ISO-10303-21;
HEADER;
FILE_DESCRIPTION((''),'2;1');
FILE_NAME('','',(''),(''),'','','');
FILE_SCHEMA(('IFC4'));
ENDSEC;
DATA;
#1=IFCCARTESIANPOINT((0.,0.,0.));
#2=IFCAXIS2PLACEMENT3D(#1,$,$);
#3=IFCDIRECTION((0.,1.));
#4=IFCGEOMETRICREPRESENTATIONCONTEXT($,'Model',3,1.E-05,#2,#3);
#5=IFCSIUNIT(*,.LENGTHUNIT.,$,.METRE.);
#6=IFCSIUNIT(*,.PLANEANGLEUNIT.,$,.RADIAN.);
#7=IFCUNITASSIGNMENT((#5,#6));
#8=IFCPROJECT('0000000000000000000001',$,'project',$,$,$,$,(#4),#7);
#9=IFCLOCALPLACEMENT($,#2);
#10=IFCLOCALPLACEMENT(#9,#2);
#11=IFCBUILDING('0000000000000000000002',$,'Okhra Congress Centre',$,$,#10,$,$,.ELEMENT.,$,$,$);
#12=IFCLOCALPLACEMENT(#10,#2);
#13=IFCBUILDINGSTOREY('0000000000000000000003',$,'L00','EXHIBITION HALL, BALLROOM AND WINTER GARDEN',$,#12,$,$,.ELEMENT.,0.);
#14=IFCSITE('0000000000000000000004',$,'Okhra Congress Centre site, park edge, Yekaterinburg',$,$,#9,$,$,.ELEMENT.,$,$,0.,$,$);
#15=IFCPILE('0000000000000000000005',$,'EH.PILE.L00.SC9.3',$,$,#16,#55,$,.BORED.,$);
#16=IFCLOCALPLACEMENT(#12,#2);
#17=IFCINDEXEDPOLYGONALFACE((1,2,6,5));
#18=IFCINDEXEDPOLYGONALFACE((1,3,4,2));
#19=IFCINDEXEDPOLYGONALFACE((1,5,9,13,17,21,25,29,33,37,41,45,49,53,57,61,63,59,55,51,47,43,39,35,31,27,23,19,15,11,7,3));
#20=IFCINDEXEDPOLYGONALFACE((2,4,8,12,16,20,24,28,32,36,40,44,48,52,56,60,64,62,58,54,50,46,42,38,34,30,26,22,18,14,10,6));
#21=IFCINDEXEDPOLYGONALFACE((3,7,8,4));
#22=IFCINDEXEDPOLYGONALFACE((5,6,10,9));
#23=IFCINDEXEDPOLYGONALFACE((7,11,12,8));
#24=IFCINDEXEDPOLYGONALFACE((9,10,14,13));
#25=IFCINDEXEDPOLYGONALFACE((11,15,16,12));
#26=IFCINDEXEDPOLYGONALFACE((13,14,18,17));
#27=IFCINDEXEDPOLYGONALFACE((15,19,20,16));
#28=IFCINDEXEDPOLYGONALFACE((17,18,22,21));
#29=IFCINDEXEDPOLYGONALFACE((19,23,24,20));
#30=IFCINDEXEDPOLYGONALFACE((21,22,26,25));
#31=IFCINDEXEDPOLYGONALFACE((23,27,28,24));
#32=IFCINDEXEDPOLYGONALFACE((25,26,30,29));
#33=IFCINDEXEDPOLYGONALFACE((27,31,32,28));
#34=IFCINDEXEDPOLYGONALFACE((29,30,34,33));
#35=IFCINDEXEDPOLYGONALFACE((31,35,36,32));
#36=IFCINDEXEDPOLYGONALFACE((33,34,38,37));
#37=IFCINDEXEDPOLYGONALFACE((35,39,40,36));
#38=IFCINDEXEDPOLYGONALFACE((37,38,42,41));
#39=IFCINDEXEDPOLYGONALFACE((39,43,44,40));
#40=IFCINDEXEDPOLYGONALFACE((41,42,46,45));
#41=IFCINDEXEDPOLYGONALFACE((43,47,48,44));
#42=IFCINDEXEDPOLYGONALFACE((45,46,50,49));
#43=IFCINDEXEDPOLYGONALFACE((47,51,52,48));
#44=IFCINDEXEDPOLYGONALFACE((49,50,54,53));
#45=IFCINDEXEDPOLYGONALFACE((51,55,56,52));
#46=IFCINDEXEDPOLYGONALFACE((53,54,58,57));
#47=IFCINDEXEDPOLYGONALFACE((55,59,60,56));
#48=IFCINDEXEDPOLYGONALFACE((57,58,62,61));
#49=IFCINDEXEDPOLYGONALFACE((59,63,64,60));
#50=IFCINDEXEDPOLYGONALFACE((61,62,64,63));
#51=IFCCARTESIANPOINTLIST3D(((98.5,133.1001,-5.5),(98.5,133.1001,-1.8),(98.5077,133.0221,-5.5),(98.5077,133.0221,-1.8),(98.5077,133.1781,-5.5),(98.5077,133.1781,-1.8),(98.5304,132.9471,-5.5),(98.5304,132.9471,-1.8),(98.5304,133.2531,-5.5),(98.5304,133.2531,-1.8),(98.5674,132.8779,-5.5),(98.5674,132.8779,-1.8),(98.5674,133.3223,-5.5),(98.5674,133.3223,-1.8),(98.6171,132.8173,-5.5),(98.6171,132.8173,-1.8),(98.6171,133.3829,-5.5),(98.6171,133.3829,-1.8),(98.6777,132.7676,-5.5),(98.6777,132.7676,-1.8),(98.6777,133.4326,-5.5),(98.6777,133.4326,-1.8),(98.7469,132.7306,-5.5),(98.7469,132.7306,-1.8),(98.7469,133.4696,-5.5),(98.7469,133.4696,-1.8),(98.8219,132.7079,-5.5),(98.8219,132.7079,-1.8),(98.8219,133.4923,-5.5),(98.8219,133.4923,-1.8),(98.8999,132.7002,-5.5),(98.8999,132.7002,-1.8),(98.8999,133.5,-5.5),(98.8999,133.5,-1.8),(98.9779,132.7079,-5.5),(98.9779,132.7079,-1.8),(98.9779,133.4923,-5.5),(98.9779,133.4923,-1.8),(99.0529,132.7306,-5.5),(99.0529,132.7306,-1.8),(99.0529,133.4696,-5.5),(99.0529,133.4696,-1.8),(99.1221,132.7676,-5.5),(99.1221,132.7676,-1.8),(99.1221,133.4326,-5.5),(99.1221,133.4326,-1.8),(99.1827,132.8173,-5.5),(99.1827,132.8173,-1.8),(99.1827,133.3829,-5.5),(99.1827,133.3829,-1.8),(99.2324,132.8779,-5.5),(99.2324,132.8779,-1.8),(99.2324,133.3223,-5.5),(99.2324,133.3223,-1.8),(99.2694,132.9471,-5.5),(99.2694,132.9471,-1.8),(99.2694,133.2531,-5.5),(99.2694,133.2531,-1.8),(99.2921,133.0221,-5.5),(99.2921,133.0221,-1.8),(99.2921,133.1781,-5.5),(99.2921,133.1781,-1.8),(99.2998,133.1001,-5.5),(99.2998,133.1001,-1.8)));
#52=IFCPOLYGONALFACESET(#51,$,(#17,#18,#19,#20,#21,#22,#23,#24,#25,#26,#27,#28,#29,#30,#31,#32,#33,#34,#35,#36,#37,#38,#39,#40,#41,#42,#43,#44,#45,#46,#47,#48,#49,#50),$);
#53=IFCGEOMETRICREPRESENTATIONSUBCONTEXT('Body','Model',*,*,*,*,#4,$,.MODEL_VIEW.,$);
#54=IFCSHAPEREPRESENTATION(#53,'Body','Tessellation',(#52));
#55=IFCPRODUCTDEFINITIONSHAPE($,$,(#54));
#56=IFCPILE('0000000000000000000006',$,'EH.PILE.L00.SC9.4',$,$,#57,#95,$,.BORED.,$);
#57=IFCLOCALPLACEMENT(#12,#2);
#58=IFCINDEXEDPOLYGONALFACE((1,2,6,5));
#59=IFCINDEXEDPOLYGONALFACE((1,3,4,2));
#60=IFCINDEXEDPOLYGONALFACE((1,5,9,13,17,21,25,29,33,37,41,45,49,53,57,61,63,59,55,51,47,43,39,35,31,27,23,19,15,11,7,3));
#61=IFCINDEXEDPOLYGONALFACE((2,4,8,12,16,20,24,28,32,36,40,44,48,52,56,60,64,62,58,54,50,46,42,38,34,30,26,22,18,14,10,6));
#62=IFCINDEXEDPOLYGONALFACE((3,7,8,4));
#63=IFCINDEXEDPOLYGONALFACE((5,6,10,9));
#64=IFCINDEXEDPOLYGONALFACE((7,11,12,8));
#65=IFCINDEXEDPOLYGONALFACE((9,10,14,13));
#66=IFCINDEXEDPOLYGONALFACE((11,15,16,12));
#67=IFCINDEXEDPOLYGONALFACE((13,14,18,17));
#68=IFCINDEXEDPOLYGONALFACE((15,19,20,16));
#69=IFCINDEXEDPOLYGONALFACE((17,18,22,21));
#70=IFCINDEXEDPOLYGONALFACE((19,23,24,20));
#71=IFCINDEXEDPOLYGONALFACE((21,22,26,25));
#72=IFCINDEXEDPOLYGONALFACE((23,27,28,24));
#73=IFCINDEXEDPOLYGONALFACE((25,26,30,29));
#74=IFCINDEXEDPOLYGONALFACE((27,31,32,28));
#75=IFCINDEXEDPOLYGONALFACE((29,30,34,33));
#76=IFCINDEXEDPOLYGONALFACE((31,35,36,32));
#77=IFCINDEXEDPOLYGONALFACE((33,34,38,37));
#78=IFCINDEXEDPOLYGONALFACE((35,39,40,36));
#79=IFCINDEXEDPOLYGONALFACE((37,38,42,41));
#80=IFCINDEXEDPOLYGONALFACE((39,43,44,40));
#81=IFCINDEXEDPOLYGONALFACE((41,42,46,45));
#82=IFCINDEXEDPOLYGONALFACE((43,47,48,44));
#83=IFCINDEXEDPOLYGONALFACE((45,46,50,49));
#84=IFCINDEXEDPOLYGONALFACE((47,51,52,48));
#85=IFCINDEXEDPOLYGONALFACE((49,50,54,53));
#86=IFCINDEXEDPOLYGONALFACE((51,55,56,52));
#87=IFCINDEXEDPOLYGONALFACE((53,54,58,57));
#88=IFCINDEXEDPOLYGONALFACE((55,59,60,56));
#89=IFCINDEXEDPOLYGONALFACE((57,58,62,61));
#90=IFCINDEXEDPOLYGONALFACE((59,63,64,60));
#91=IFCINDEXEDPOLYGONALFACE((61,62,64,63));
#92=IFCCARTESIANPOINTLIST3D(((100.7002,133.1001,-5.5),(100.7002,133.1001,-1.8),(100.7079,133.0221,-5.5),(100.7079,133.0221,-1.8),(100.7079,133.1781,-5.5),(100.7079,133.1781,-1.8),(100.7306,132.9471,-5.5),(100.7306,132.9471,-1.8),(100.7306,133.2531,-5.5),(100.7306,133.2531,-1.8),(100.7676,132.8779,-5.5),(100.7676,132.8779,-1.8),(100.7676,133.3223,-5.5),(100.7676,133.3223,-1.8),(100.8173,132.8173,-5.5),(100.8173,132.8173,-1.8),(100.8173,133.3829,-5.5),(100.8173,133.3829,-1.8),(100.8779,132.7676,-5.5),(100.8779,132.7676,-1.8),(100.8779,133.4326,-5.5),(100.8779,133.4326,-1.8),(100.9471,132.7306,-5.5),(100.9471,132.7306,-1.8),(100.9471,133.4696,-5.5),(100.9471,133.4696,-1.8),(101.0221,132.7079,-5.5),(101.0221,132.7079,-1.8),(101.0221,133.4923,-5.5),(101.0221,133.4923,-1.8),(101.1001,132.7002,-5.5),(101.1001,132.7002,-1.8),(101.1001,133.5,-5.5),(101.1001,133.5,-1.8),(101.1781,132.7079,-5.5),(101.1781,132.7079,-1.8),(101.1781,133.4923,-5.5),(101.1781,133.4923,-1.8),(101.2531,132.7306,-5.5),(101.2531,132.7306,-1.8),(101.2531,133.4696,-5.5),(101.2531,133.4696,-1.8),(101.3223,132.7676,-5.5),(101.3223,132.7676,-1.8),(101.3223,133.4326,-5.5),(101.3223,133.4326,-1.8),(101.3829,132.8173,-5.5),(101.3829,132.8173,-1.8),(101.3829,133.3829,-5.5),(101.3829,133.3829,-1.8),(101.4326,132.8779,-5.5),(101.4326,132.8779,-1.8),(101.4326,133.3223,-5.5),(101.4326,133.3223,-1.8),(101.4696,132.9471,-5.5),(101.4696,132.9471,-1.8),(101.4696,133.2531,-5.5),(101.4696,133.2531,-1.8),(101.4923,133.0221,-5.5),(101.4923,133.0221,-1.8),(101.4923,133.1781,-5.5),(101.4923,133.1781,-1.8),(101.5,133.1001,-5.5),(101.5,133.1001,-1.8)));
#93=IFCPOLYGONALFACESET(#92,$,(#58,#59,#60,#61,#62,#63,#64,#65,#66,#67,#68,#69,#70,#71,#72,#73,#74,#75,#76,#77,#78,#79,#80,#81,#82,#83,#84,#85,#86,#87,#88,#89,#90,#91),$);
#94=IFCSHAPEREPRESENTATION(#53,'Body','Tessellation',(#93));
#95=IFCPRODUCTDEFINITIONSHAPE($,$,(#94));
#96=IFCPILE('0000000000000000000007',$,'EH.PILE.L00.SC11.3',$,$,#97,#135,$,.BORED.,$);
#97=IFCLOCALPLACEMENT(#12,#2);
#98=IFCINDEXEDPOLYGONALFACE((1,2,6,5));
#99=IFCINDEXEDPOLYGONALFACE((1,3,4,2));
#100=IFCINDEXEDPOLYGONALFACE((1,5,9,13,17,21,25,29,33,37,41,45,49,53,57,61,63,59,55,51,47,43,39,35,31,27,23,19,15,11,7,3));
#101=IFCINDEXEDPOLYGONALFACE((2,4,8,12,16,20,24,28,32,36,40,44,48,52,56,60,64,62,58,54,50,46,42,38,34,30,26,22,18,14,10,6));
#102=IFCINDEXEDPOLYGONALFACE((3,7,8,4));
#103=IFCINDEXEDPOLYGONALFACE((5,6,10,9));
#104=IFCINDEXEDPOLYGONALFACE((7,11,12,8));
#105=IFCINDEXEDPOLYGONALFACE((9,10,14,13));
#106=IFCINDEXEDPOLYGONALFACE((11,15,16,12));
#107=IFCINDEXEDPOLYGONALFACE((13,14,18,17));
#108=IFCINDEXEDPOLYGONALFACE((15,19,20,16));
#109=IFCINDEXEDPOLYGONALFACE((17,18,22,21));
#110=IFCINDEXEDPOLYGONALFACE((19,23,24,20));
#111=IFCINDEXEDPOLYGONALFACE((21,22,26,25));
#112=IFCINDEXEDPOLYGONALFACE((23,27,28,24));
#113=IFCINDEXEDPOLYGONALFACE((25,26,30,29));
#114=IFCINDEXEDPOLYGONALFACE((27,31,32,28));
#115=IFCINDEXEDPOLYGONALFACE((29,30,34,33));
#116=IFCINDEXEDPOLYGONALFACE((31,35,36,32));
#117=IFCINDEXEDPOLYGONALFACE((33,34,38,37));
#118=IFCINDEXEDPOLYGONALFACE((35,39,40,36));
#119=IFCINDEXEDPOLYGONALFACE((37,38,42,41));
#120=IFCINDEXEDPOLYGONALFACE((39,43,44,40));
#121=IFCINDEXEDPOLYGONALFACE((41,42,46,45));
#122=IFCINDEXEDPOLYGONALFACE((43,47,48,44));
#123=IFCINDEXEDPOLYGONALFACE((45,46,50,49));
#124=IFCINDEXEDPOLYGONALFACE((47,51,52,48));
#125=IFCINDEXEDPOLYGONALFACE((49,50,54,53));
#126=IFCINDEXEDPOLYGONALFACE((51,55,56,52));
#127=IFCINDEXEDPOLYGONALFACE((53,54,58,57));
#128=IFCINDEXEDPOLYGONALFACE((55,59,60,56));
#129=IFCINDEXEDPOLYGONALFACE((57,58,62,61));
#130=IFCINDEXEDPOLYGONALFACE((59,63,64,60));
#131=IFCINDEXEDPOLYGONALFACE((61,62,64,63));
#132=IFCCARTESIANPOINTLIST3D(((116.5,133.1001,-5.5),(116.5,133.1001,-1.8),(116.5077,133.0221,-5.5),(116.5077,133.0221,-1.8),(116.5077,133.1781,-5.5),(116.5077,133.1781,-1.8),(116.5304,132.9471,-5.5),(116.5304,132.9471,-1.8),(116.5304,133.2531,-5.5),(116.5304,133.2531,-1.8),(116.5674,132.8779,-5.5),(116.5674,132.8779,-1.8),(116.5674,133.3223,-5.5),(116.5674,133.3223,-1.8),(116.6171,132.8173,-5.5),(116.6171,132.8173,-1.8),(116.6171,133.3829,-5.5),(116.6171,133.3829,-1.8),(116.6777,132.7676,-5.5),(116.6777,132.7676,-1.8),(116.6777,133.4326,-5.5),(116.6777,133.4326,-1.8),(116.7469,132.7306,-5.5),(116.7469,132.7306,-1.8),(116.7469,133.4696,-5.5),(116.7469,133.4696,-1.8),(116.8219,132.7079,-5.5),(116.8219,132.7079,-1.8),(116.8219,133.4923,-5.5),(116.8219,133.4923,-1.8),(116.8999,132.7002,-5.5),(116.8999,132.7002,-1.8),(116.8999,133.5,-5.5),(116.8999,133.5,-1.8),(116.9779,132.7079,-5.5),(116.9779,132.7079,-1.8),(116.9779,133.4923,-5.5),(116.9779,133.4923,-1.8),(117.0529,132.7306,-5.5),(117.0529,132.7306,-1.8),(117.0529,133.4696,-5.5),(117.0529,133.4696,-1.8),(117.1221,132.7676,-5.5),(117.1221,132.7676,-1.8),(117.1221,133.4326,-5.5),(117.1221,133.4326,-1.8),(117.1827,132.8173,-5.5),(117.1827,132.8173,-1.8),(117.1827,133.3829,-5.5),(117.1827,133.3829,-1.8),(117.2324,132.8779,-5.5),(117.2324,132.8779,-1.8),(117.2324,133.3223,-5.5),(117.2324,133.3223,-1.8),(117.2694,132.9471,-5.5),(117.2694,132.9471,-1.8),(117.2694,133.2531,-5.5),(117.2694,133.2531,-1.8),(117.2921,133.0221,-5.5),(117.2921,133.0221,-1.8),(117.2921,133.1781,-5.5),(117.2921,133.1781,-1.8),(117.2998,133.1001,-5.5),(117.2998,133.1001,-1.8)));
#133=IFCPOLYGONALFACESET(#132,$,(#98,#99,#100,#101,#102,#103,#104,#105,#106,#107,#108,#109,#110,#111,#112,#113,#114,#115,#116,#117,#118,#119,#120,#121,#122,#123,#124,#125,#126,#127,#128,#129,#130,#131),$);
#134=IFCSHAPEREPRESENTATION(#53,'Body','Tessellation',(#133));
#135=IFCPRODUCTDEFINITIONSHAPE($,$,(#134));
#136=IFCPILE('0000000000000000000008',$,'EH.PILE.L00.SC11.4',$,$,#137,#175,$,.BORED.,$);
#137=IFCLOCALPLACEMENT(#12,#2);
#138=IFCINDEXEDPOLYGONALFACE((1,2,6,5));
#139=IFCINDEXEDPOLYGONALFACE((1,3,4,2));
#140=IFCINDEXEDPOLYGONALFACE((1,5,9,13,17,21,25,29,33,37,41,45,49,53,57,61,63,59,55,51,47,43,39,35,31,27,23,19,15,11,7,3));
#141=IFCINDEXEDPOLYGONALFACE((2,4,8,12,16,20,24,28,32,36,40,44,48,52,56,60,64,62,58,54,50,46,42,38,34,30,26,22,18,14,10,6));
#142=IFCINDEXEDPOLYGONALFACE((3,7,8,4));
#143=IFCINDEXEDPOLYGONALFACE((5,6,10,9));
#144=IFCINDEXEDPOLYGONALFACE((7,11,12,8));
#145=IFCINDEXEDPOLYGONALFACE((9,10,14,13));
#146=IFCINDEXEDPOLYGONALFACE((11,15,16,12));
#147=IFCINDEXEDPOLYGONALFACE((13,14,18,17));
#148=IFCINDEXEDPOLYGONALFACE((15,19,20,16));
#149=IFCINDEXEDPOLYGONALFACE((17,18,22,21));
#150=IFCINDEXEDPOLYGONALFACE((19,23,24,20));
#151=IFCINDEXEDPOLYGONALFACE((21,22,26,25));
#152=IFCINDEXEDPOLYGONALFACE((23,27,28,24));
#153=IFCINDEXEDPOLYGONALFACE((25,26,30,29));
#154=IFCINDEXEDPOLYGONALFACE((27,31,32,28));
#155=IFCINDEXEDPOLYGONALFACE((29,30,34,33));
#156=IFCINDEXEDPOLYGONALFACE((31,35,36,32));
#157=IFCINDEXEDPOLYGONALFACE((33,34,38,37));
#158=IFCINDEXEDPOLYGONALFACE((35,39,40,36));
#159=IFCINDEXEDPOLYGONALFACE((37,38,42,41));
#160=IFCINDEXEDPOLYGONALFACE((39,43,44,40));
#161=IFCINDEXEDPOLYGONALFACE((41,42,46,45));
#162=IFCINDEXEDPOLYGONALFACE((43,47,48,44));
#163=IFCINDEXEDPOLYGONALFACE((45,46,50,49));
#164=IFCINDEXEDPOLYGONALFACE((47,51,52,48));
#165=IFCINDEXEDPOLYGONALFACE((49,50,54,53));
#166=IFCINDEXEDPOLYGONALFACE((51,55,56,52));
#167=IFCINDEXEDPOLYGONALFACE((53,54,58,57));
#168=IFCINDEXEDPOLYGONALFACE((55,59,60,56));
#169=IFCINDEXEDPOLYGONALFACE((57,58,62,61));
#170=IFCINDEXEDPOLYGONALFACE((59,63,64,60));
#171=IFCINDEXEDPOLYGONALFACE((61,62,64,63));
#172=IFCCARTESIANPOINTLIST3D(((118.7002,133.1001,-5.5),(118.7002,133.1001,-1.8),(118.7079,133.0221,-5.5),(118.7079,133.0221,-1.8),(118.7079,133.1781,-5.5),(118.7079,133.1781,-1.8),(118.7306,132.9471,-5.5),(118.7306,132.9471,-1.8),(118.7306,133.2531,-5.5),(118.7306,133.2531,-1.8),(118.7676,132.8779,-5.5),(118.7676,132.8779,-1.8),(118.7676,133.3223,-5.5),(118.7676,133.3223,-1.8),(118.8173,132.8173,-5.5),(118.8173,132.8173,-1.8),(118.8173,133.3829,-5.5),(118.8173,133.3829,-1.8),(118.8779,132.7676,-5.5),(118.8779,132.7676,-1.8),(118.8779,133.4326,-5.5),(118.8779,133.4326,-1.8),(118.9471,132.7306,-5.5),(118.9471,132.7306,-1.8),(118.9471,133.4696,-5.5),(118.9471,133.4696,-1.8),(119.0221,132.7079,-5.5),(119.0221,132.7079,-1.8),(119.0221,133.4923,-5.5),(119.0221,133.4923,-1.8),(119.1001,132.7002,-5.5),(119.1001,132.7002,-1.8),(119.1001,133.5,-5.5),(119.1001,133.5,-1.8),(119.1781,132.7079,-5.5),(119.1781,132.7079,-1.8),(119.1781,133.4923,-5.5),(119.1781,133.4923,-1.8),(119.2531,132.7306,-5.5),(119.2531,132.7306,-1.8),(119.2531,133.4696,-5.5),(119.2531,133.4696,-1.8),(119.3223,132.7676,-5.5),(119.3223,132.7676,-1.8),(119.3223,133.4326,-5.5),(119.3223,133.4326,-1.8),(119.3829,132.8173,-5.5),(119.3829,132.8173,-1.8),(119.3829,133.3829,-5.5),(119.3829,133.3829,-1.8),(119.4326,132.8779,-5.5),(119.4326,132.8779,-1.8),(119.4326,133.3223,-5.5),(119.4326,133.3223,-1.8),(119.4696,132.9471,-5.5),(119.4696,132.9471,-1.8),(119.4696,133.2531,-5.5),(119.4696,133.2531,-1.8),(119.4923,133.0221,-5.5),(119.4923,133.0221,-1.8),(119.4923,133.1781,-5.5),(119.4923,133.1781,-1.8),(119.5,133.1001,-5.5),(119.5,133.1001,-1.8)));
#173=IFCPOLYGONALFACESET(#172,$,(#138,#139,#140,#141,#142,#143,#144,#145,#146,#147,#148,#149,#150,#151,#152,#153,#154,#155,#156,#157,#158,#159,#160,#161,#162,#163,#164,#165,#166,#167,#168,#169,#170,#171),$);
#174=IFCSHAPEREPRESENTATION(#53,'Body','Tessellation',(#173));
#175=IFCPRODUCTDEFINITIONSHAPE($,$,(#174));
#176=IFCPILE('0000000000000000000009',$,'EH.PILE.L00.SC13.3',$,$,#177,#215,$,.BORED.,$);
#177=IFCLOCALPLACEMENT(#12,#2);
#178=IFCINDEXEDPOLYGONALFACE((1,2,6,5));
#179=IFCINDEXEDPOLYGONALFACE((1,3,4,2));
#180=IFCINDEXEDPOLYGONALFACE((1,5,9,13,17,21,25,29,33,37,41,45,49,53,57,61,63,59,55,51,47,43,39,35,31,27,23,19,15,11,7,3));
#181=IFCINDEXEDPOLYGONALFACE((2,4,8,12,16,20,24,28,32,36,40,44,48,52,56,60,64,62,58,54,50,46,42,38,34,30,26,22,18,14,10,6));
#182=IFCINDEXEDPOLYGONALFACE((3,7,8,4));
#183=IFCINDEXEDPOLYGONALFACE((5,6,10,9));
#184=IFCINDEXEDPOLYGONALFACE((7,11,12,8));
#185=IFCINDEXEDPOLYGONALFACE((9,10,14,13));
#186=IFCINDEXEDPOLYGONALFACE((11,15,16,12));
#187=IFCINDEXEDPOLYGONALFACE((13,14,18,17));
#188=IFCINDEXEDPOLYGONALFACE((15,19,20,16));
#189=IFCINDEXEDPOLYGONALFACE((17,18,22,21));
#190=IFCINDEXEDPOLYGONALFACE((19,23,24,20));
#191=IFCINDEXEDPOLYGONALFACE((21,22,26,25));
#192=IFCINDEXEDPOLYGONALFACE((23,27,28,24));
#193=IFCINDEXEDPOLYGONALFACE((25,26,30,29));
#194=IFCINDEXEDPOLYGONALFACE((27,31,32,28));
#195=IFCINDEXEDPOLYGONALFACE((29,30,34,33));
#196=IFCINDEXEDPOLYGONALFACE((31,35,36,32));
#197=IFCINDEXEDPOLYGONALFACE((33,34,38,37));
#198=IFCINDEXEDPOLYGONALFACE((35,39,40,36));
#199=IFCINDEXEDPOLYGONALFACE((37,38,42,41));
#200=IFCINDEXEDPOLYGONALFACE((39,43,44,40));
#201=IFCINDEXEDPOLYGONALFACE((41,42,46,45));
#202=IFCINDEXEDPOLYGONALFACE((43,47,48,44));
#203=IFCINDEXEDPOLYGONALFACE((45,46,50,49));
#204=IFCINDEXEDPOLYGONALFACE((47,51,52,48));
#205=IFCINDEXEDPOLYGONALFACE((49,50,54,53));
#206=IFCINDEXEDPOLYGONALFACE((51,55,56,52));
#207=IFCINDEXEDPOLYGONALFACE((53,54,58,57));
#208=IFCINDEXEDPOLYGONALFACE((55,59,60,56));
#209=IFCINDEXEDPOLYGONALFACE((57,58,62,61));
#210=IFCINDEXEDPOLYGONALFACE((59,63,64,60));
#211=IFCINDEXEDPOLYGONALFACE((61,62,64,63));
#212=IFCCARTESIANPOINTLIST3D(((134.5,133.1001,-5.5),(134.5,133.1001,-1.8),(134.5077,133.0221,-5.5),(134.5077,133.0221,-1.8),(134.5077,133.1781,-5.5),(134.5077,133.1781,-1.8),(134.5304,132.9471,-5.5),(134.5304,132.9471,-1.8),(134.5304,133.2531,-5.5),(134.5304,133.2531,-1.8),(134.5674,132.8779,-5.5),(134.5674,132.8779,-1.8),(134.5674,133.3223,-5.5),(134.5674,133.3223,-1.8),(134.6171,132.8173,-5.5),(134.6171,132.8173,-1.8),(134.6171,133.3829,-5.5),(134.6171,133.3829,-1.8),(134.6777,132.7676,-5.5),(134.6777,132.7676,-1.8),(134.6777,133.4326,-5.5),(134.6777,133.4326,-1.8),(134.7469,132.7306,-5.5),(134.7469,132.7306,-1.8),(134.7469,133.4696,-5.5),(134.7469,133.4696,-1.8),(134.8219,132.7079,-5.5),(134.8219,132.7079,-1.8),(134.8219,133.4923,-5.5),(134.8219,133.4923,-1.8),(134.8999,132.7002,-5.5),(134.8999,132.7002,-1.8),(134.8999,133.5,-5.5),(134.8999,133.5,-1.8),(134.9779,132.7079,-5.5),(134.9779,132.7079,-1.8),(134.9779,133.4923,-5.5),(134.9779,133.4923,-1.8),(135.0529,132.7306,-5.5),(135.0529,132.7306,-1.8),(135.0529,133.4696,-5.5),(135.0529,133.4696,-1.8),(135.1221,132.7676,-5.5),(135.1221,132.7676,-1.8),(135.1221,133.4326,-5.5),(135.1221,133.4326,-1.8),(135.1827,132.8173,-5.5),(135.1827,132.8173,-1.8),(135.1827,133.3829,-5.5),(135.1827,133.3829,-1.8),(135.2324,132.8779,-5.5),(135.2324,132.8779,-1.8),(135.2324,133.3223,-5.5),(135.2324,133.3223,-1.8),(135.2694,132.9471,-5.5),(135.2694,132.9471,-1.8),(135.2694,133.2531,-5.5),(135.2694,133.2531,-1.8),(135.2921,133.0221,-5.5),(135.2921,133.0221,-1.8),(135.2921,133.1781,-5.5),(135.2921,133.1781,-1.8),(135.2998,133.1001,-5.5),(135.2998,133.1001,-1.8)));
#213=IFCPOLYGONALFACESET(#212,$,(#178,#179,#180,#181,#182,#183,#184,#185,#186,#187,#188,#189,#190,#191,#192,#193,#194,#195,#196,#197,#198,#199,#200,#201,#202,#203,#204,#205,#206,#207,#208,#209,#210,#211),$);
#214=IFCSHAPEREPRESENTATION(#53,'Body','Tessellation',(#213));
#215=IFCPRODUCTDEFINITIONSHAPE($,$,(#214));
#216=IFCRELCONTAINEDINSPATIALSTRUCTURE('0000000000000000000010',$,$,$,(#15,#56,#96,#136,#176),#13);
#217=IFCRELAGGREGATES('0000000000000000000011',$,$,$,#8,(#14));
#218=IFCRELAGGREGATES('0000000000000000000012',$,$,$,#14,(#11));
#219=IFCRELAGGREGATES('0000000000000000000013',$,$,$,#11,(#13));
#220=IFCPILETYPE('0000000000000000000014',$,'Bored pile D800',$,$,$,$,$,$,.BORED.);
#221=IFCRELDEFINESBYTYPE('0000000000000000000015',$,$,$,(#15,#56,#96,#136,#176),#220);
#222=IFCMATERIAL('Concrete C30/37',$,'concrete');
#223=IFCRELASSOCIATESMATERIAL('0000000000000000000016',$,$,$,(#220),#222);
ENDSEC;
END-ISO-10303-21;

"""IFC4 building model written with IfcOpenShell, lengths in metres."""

from ifc_helpers import new_model, si_unit, direction, frame, origin, origin_2d, place, context, subcontext, project, spatial, circle, extrude, material, material_profile, profile_set, type_object, element, save


model = new_model("IFC4")

# Units and contexts
model_context = context("Model", 3, precision=1e-05, world=origin(), true_north=direction((0.0, 1.0)))
body_context = subcontext(model_context, "Body", "Model", "MODEL_VIEW")
ifc_project = project(units=[si_unit("LENGTHUNIT", "METRE"), si_unit("PLANEANGLEUNIT", "RADIAN")], contexts=[model_context])

# Site, building, storey
site_placement = place(None, origin())
site = spatial("IfcSite", under=ifc_project, at=site_placement, Name="Okhra Congress Centre site, park edge, Yekaterinburg", CompositionType="ELEMENT", RefElevation=0.0)
building_placement = place(site_placement, origin())
building = spatial("IfcBuilding", under=site, at=building_placement, Name="Okhra Congress Centre", CompositionType="ELEMENT")
storey_placement = place(building_placement, origin())
storey = spatial("IfcBuildingStorey", under=building, at=storey_placement, Name="L00", Description="EXHIBITION HALL, BALLROOM AND WINTER GARDEN", CompositionType="ELEMENT", Elevation=0.0)

# Piles
ifc_material_1 = material(Name="Concrete C30/37", Category="concrete")
ifc_material_profile_1 = material_profile(ifc_material_1, circle(Radius=0.3999, at=origin_2d()), Name="D800")
ifc_profile_set_1 = profile_set([ifc_material_profile_1], Name="Concrete C30/37")
pile_type_1 = type_object("IfcPileType", Name="Bored pile D800", PredefinedType="BORED", material=ifc_profile_set_1)
for number, where, z_axis, x_axis, name in (
    (1, (98.8999, 133.1001, -1.8), (0.0, 0.0, -1.0), (1.0, 0.0, 0.0), "EH.PILE.L00.SC9.3"),
    (2, (101.1001, 133.1001, -1.8), (0.0, 0.0, -1.0), (1.0, 0.0, 0.0), "EH.PILE.L00.SC9.4"),
    (3, (116.8999, 133.1001, -1.8), (0.0, 0.0, -1.0), (1.0, 0.0, 0.0), "EH.PILE.L00.SC11.3"),
    (4, (119.1001, 133.1001, -1.8), (0.0, 0.0, -1.0), (1.0, 0.0, 0.0), "EH.PILE.L00.SC11.4"),
    (5, (134.8999, 133.1001, -1.8), (0.0, 0.0, -1.0), (1.0, 0.0, 0.0), "EH.PILE.L00.SC13.3"),
):
    element("IfcPile", number, at=place(storey_placement, frame(where, z_axis=z_axis, x_axis=x_axis)), inside=storey, type_object=pile_type_1, Name=name, PredefinedType="BORED", context=body_context, shape_type="SweptSolid", body=[
        extrude(circle(Radius=0.3999, at=origin_2d()), origin(), (0.0, 0.0, 1.0), 3.7),
    ])

save(model, "model.ifc")
